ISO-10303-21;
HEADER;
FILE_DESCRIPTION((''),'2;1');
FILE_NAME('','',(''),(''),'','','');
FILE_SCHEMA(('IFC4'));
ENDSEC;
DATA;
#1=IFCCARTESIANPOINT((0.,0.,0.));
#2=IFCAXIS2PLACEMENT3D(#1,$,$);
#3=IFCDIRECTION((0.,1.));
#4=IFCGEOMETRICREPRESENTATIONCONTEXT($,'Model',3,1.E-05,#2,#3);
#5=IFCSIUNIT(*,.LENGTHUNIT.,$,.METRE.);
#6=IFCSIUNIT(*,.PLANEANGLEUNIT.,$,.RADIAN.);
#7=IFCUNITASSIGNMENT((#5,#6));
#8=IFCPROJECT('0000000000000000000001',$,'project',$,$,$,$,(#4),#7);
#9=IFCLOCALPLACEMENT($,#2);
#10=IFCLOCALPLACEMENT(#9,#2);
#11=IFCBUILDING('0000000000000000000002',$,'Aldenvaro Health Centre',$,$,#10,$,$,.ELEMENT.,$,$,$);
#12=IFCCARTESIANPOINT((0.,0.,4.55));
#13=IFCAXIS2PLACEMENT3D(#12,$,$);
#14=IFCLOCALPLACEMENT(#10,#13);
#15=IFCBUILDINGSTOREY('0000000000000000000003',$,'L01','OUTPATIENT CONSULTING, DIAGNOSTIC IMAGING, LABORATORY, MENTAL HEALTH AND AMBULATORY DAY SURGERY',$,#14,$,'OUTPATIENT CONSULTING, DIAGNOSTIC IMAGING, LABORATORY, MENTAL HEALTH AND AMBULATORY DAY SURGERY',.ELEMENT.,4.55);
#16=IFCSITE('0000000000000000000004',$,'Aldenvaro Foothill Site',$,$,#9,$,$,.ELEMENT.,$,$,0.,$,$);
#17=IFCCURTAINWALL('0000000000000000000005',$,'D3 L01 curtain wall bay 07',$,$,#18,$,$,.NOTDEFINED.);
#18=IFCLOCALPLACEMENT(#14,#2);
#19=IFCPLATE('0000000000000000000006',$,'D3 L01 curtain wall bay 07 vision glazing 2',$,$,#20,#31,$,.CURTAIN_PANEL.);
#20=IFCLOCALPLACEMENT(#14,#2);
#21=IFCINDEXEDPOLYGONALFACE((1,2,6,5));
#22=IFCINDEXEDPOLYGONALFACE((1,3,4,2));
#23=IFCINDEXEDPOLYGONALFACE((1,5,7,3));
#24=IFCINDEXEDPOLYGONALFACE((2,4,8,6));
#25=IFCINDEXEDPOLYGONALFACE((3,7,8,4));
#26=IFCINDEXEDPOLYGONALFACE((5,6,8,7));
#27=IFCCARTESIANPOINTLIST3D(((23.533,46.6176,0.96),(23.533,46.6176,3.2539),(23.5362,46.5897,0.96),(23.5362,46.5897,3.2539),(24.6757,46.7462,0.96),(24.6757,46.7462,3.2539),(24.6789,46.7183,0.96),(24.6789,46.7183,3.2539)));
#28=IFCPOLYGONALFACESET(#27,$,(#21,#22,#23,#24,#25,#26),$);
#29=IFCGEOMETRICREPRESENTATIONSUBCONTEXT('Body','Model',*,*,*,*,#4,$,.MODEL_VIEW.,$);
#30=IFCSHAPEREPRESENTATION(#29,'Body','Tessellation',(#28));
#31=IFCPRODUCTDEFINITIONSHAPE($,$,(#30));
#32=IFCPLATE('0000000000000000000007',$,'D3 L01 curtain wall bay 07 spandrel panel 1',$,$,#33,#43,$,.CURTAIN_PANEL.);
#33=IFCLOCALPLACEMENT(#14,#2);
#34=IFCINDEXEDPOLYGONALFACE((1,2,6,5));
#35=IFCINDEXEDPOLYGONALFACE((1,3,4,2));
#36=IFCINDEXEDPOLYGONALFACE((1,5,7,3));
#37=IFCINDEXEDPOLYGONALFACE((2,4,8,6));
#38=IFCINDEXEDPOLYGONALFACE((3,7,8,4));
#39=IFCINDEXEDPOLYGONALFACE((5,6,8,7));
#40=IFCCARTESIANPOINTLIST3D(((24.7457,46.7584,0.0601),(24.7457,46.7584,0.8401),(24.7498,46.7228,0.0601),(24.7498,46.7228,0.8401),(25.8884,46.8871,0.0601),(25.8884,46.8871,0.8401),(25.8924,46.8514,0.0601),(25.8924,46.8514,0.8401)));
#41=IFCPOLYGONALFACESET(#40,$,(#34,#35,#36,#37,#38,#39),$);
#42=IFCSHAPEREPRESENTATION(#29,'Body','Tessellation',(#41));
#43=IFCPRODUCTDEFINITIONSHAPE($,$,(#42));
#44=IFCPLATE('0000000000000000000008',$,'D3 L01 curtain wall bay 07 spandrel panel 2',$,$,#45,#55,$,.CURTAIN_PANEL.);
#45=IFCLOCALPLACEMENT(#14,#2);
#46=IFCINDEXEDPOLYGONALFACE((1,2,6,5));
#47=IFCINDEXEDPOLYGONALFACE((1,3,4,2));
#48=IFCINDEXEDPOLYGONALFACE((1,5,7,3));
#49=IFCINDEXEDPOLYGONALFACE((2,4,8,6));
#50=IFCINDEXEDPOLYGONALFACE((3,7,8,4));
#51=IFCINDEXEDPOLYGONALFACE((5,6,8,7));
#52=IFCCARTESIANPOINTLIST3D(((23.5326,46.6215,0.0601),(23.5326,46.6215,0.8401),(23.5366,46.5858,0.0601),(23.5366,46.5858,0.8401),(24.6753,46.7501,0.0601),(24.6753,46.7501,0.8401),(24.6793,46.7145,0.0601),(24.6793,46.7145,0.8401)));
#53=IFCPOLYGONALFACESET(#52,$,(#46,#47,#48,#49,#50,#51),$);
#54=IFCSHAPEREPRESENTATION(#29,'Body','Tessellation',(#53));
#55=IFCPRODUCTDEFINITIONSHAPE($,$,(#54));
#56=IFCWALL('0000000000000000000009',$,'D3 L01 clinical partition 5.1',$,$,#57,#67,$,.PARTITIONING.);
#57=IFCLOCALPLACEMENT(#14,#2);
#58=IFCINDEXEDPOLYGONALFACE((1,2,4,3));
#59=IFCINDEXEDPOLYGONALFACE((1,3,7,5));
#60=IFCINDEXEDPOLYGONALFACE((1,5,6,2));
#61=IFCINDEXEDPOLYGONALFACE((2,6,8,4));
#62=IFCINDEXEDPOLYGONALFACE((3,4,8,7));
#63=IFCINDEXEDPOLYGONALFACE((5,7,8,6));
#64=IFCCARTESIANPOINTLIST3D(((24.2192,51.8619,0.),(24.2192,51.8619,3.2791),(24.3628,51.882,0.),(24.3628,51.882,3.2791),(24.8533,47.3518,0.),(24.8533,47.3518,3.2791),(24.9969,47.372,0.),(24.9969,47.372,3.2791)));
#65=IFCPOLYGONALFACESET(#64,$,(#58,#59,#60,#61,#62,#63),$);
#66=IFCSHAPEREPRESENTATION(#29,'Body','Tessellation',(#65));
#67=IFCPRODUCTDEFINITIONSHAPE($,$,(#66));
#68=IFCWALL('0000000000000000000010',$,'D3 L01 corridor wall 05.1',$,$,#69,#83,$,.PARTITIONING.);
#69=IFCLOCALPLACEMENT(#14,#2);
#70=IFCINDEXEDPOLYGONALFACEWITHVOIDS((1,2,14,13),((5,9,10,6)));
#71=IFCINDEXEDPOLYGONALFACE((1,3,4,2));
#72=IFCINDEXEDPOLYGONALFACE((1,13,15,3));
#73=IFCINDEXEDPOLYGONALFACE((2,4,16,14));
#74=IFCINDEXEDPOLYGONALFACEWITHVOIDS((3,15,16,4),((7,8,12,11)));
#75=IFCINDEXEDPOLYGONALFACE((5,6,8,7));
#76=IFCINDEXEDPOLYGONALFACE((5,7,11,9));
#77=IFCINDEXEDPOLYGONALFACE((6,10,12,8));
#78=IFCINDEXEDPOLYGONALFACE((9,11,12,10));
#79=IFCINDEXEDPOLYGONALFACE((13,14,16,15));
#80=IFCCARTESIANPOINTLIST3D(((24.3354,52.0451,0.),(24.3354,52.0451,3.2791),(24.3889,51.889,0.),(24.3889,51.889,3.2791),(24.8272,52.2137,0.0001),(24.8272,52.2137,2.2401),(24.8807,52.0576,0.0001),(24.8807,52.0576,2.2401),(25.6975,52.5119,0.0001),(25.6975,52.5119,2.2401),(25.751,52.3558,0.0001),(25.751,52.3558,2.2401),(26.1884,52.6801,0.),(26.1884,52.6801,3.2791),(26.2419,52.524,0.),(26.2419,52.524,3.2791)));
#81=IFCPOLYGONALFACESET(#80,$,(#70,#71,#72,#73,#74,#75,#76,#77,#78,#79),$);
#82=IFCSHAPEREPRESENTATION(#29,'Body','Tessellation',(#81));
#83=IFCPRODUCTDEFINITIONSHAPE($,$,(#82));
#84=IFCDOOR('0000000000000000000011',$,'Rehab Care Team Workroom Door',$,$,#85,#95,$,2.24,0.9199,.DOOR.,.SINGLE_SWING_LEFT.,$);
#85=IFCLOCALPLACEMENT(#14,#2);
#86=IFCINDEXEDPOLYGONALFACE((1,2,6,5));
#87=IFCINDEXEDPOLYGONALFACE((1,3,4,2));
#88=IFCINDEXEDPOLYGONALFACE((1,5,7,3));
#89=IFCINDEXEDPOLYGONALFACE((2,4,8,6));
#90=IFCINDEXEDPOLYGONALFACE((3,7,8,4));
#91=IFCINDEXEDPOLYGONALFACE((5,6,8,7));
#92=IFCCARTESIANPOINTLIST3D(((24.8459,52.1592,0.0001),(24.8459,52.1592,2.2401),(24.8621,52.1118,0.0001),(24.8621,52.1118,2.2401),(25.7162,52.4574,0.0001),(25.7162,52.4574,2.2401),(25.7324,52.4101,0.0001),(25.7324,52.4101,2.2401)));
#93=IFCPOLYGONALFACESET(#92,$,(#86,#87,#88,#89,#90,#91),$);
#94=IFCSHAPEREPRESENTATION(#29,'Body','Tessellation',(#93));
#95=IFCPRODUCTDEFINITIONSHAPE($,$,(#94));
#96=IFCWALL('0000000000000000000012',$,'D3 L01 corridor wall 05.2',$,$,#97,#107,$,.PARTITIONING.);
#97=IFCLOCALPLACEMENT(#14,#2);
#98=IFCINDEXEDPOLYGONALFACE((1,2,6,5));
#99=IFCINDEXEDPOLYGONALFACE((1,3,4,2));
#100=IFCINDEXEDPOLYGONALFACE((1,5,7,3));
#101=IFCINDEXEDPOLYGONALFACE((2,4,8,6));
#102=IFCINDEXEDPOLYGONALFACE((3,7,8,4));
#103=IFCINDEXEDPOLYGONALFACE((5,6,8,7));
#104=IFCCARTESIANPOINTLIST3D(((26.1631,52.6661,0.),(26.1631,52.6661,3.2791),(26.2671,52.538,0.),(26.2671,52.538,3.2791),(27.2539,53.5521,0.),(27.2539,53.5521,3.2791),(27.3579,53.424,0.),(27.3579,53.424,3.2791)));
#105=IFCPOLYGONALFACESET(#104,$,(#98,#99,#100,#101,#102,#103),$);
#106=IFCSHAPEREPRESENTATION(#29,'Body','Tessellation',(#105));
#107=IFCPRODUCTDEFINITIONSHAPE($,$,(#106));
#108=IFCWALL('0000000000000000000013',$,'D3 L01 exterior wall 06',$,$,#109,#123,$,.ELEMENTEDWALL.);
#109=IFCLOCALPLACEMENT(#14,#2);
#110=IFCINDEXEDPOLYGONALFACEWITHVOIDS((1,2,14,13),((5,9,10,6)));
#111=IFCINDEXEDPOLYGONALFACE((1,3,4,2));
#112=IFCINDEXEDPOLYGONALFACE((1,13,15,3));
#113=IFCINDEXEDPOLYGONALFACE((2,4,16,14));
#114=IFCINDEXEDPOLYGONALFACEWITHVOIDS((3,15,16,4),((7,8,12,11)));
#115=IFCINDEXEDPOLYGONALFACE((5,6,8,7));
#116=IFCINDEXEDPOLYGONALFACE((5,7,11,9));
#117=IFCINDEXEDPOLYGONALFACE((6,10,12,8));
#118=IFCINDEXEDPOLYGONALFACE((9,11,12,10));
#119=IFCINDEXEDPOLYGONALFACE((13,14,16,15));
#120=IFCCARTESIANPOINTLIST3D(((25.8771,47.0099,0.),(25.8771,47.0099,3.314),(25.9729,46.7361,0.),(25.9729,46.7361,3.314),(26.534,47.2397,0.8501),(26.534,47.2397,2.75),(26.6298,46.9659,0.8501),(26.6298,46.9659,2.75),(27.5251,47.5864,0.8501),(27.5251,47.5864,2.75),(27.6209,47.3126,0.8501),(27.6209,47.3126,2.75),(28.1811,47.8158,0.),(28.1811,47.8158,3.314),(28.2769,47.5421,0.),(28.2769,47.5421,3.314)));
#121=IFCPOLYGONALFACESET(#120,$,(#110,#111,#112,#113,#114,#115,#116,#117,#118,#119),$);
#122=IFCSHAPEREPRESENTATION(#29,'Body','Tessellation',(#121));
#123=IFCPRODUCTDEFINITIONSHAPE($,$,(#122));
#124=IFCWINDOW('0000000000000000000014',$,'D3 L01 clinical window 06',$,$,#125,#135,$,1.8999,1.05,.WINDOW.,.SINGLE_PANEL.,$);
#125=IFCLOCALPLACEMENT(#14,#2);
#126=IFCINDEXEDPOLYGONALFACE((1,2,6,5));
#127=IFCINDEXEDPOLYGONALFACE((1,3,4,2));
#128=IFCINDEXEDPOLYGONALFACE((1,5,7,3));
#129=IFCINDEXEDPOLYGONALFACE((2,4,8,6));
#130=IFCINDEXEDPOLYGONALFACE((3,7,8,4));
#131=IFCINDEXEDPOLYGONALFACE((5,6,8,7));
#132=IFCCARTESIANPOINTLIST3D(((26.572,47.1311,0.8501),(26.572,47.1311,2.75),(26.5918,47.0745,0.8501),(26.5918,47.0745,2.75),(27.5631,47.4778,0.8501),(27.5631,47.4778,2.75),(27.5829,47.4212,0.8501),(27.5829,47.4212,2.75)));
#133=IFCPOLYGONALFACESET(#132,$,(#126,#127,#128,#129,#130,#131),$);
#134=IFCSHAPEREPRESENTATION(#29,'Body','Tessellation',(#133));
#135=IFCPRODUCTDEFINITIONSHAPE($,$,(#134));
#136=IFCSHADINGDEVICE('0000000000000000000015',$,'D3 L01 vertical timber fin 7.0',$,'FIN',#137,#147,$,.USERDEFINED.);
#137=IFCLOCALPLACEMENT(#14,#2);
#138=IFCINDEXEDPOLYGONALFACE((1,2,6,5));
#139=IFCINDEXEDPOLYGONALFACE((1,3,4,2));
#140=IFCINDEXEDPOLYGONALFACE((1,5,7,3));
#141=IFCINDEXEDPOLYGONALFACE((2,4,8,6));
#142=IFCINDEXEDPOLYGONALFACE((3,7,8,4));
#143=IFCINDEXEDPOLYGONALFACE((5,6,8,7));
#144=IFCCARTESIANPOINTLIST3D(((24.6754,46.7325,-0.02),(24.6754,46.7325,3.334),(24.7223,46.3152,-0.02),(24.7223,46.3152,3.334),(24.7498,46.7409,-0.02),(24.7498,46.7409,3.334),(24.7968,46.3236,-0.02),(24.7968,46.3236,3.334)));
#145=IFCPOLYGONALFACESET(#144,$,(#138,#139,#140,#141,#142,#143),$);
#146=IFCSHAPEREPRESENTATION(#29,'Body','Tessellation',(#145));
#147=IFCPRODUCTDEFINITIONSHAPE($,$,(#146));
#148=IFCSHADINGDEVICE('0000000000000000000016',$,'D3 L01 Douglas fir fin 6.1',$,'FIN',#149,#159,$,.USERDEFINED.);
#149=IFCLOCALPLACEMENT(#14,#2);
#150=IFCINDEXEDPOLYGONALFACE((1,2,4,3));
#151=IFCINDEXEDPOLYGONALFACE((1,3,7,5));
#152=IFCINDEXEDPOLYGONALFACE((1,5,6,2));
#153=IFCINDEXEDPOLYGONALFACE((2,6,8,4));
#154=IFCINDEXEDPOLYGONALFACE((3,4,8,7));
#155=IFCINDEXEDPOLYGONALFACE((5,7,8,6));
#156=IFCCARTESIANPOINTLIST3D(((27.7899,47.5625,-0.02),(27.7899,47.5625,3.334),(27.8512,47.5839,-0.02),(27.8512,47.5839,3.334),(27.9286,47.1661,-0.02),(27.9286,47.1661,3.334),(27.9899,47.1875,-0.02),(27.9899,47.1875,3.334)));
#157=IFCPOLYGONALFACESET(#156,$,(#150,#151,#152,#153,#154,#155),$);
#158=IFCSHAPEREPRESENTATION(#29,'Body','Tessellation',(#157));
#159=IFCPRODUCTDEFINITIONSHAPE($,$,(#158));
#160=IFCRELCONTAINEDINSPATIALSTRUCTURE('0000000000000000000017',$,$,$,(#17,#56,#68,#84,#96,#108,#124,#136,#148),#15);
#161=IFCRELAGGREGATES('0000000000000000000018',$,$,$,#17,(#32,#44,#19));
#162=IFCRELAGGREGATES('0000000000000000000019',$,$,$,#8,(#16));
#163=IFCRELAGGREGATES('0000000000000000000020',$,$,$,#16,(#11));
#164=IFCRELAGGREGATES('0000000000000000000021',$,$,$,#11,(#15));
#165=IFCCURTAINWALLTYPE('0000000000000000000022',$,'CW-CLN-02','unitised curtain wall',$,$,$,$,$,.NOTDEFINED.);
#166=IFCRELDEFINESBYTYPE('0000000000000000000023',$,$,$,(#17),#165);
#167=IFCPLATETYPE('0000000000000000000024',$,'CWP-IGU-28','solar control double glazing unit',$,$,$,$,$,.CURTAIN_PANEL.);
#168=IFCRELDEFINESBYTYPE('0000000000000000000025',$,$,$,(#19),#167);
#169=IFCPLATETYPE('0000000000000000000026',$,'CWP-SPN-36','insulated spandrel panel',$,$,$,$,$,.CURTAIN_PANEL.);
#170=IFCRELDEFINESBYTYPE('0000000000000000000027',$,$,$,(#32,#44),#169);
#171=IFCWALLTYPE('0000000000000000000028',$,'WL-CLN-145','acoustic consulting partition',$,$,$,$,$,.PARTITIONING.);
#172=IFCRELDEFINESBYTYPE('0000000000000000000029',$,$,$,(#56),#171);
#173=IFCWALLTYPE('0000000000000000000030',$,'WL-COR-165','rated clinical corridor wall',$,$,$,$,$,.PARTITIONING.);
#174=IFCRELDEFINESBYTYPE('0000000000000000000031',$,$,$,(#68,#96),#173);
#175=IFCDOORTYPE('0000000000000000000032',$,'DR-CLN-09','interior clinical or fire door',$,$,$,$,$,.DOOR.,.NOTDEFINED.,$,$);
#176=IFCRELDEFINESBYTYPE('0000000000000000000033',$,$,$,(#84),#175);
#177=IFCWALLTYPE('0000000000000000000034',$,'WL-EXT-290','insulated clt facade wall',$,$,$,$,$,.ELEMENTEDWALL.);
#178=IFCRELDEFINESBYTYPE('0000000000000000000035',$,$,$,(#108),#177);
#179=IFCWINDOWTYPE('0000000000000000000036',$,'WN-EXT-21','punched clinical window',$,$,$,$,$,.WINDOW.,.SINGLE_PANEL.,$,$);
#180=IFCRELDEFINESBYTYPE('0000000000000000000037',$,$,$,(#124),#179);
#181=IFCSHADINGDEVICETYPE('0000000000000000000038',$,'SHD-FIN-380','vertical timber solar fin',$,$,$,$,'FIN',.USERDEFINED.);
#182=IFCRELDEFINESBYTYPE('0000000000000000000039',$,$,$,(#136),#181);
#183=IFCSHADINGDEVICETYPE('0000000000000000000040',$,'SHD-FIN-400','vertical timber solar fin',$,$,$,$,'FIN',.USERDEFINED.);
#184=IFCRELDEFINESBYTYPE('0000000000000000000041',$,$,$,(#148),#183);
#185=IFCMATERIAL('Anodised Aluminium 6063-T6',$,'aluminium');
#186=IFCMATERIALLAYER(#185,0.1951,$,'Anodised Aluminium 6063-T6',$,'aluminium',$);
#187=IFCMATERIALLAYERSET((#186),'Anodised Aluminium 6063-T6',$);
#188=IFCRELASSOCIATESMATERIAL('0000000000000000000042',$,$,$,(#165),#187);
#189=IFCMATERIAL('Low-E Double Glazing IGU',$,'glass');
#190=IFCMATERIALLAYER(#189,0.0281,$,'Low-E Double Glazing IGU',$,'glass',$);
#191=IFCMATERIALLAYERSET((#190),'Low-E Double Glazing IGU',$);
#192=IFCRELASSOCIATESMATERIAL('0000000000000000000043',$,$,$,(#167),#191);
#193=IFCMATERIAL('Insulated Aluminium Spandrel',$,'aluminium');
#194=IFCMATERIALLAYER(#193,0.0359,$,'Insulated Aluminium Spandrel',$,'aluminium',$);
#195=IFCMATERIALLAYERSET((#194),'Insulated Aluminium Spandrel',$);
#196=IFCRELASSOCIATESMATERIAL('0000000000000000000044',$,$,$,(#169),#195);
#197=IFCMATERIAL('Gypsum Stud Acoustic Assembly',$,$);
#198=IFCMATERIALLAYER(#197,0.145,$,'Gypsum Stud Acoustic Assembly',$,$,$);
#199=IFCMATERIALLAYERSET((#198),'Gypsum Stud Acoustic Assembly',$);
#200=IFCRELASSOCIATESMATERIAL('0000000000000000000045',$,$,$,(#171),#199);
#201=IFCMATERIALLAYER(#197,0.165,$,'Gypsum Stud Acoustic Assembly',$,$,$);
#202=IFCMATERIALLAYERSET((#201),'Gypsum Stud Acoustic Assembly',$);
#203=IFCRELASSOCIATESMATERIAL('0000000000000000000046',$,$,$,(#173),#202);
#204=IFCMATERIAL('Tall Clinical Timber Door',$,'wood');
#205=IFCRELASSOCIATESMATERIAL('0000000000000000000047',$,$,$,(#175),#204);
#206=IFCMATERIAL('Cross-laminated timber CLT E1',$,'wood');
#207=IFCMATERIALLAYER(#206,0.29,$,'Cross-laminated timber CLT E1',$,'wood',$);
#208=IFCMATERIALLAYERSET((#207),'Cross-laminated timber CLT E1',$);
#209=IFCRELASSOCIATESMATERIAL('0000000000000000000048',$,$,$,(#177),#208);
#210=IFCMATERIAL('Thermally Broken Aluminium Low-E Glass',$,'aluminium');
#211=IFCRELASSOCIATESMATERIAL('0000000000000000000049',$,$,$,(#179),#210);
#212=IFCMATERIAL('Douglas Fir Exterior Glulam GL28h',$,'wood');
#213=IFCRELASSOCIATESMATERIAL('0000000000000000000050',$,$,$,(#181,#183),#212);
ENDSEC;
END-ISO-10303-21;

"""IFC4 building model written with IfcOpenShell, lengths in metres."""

from ifc_helpers import new_model, si_unit, direction, frame, frame_2d, origin, origin_2d, place, context, subcontext, project, spatial, rectangle, extrude, material, layer, layer_set, type_object, element, fill, aggregate, save


model = new_model("IFC4")

# Units and contexts
model_context = context("Model", 3, precision=1e-05, world=origin(), true_north=direction((0.0, 1.0)))
body_context = subcontext(model_context, "Body", "Model", "MODEL_VIEW")
ifc_project = project(units=[si_unit("LENGTHUNIT", "METRE"), si_unit("PLANEANGLEUNIT", "RADIAN")], contexts=[model_context])

# Site, building, storey
site_placement = place(None, origin())
site = spatial("IfcSite", under=ifc_project, at=site_placement, Name="Aldenvaro Foothill Site", CompositionType="ELEMENT", RefElevation=0.0)
building_placement = place(site_placement, origin())
building = spatial("IfcBuilding", under=site, at=building_placement, Name="Aldenvaro Health Centre", CompositionType="ELEMENT")
storey_placement = place(building_placement, frame((0.0, 0.0, 4.55)))
storey = spatial("IfcBuildingStorey", under=building, at=storey_placement, Name="L01", Description="OUTPATIENT CONSULTING, DIAGNOSTIC IMAGING, LABORATORY, MENTAL HEALTH AND AMBULATORY DAY SURGERY", LongName="OUTPATIENT CONSULTING, DIAGNOSTIC IMAGING, LABORATORY, MENTAL HEALTH AND AMBULATORY DAY SURGERY", CompositionType="ELEMENT", Elevation=4.55)

# Curtain wall
ifc_material_1 = material(Name="Anodised Aluminium 6063-T6", Category="aluminium")
ifc_layer_1 = layer(ifc_material_1, 0.1951, Name="Anodised Aluminium 6063-T6", Category="aluminium")
ifc_layer_set_1 = layer_set([ifc_layer_1], Name="Anodised Aluminium 6063-T6")
curtain_wall_type_1 = type_object("IfcCurtainWallType", Name="CW-CLN-02", Description="unitised curtain wall", PredefinedType="NOTDEFINED", material=ifc_layer_set_1)
curtain_wall_1_placement = place(storey_placement, origin())
curtain_wall_1 = element("IfcCurtainWall", 1, at=curtain_wall_1_placement, inside=storey, type_object=curtain_wall_type_1, Name="D3 L01 curtain wall bay 07", PredefinedType="NOTDEFINED")

# Plates
ifc_material_2 = material(Name="Low-E Double Glazing IGU", Category="glass")
ifc_layer_2 = layer(ifc_material_2, 0.0281, Name="Low-E Double Glazing IGU", Category="glass")
ifc_layer_set_2 = layer_set([ifc_layer_2], Name="Low-E Double Glazing IGU")
plate_type_1 = type_object("IfcPlateType", Name="CWP-IGU-28", Description="solar control double glazing unit", PredefinedType="CURTAIN_PANEL", material=ifc_layer_set_2)
plate_1_placement = place(storey_placement, frame((24.106, 46.668, 0.96), z_axis=(0.0, 0.0, 1.0), x_axis=(-0.993723, -0.111871, 0.0)))
plate_1 = element("IfcPlate", 2, at=plate_1_placement, type_object=plate_type_1, Name="D3 L01 curtain wall bay 07 vision glazing 2", PredefinedType="CURTAIN_PANEL", context=body_context, shape_type="SweptSolid", body=[
    extrude(rectangle(XDim=1.1499, YDim=0.0281, at=origin_2d()), origin(), (0.0, 0.0, 1.0), 2.2939),
])
ifc_material_3 = material(Name="Insulated Aluminium Spandrel", Category="aluminium")
ifc_layer_3 = layer(ifc_material_3, 0.0359, Name="Insulated Aluminium Spandrel", Category="aluminium")
ifc_layer_set_3 = layer_set([ifc_layer_3], Name="Insulated Aluminium Spandrel")
plate_type_2 = type_object("IfcPlateType", Name="CWP-SPN-36", Description="insulated spandrel panel", PredefinedType="CURTAIN_PANEL", material=ifc_layer_set_3)
plate_2_placement = place(storey_placement, frame((25.3191, 46.8049, 0.0601), z_axis=(0.0, 0.0, 1.0), x_axis=(-0.993723, -0.111871, 0.0)))
plate_2 = element("IfcPlate", 3, at=plate_2_placement, type_object=plate_type_2, Name="D3 L01 curtain wall bay 07 spandrel panel 1", PredefinedType="CURTAIN_PANEL", context=body_context, shape_type="SweptSolid", body=[
    extrude(rectangle(XDim=1.1499, YDim=0.0359, at=origin_2d()), origin(), (0.0, 0.0, 1.0), 0.78),
])
plate_3_placement = place(storey_placement, frame((24.106, 46.668, 0.0601), z_axis=(0.0, 0.0, 1.0), x_axis=(-0.993723, -0.111871, 0.0)))
plate_3 = element("IfcPlate", 4, at=plate_3_placement, type_object=plate_type_2, Name="D3 L01 curtain wall bay 07 spandrel panel 2", PredefinedType="CURTAIN_PANEL", context=body_context, shape_type="SweptSolid", body=[
    extrude(rectangle(XDim=1.1499, YDim=0.0359, at=origin_2d()), origin(), (0.0, 0.0, 1.0), 0.78),
])
aggregate(curtain_wall_1, [plate_2, plate_3, plate_1])

# Wall
ifc_material_4 = material(Name="Gypsum Stud Acoustic Assembly")
ifc_layer_4 = layer(ifc_material_4, 0.145, Name="Gypsum Stud Acoustic Assembly")
ifc_layer_set_4 = layer_set([ifc_layer_4], Name="Gypsum Stud Acoustic Assembly")
wall_type_1 = type_object("IfcWallType", Name="WL-CLN-145", Description="acoustic consulting partition", PredefinedType="PARTITIONING", material=ifc_layer_set_4)
wall_1_placement = place(storey_placement, frame((24.291, 51.8721, 0.0), z_axis=(0.0, 0.0, 1.0), x_axis=(0.139215, -0.990262, 0.0)))
element("IfcWall", 5, at=wall_1_placement, inside=storey, type_object=wall_type_1, Name="D3 L01 clinical partition 5.1", PredefinedType="PARTITIONING", context=body_context, shape_type="SweptSolid", body=[
    extrude(rectangle(XDim=4.5544, YDim=0.145, at=frame_2d((2.2773, 0.0))), origin(), (0.0, 0.0, 1.0), 3.2791),
])

# Wall, opening, door
ifc_layer_5 = layer(ifc_material_4, 0.165, Name="Gypsum Stud Acoustic Assembly")
ifc_layer_set_5 = layer_set([ifc_layer_5], Name="Gypsum Stud Acoustic Assembly")
wall_type_2 = type_object("IfcWallType", Name="WL-COR-165", Description="rated clinical corridor wall", PredefinedType="PARTITIONING", material=ifc_layer_set_5)
wall_2_placement = place(storey_placement, frame((24.3621, 51.967, 0.0), z_axis=(0.0, 0.0, 1.0), x_axis=(0.945995, 0.324181, 0.0)))
wall_2 = element("IfcWall", 6, at=wall_2_placement, inside=storey, type_object=wall_type_2, Name="D3 L01 corridor wall 05.1", PredefinedType="PARTITIONING", context=body_context, shape_type="SweptSolid", body=[
    extrude(rectangle(XDim=1.9587, YDim=0.165, at=frame_2d((0.9795, 0.0))), origin(), (0.0, 0.0, 1.0), 3.2791),
])
opening_1_placement = place(wall_2_placement, frame((0.52, 0.0, 0.0)))
opening_1 = element("IfcOpeningElement", 7, at=opening_1_placement, cuts=wall_2, PredefinedType="OPENING", context=body_context, shape_type="SweptSolid", body=[
    extrude(rectangle(XDim=0.9199, YDim=2.24, at=frame_2d((0.46, 1.1201))), frame((0.0, 0.0925, 0.0), z_axis=(0.0, -1.0, 0.0), x_axis=(1.0, 0.0, 0.0)), (0.0, 0.0, 1.0), 0.1851),
])
ifc_material_5 = material(Name="Tall Clinical Timber Door", Category="wood")
door_type = type_object("IfcDoorType", Name="DR-CLN-09", Description="interior clinical or fire door", OperationType="NOTDEFINED", PredefinedType="DOOR", material=ifc_material_5)
door_placement = place(opening_1_placement, origin())
door = element("IfcDoor", 8, at=door_placement, inside=storey, type_object=door_type, Name="Rehab Care Team Workroom Door", OperationType="SINGLE_SWING_LEFT", OverallHeight=2.24, OverallWidth=0.9199, PredefinedType="DOOR", context=body_context, shape_type="SweptSolid", body=[
    extrude(rectangle(XDim=0.9199, YDim=2.24, at=frame_2d((0.46, 1.1201))), frame((0.0, 0.0249, 0.0), z_axis=(0.0, -1.0, 0.0), x_axis=(1.0, 0.0, 0.0)), (0.0, 0.0, 1.0), 0.05),
])
fill(opening_1, door)

# Wall
wall_3_placement = place(storey_placement, frame((26.2151, 52.6021, 0.0), z_axis=(0.0, 0.0, 1.0), x_axis=(0.77622, 0.630462, 0.0)))
element("IfcWall", 9, at=wall_3_placement, inside=storey, type_object=wall_type_2, Name="D3 L01 corridor wall 05.2", PredefinedType="PARTITIONING", context=body_context, shape_type="SweptSolid", body=[
    extrude(rectangle(XDim=1.4053, YDim=0.165, at=frame_2d((0.7026, 0.0))), origin(), (0.0, 0.0, 1.0), 3.2791),
])

# Wall, opening, window
ifc_material_6 = material(Name="Cross-laminated timber CLT E1", Category="wood")
ifc_layer_6 = layer(ifc_material_6, 0.29, Name="Cross-laminated timber CLT E1", Category="wood")
ifc_layer_set_6 = layer_set([ifc_layer_6], Name="Cross-laminated timber CLT E1")
wall_type_3 = type_object("IfcWallType", Name="WL-EXT-290", Description="insulated clt facade wall", PredefinedType="ELEMENTEDWALL", material=ifc_layer_set_6)
wall_4_placement = place(storey_placement, frame((28.229, 47.679, 0.0), z_axis=(0.0, 0.0, 1.0), x_axis=(-0.943919, -0.330177, 0.0)))
wall_4 = element("IfcWall", 10, at=wall_4_placement, inside=storey, type_object=wall_type_3, Name="D3 L01 exterior wall 06", PredefinedType="ELEMENTEDWALL", context=body_context, shape_type="SweptSolid", body=[
    extrude(rectangle(XDim=2.4409, YDim=0.29, at=frame_2d((1.2205, 0.0))), origin(), (0.0, 0.0, 1.0), 3.314),
])
opening_2_placement = place(wall_4_placement, frame((0.6951, 0.0, 0.8501)))
opening_2 = element("IfcOpeningElement", 11, at=opening_2_placement, cuts=wall_4, PredefinedType="OPENING", context=body_context, shape_type="SweptSolid", body=[
    extrude(rectangle(XDim=1.05, YDim=1.8999, at=frame_2d((0.5249, 0.95))), frame((0.0, 0.155, 0.0), z_axis=(0.0, -1.0, 0.0), x_axis=(1.0, 0.0, 0.0)), (0.0, 0.0, 1.0), 0.3101),
])
ifc_material_7 = material(Name="Thermally Broken Aluminium Low-E Glass", Category="aluminium")
window_type = type_object("IfcWindowType", Name="WN-EXT-21", Description="punched clinical window", PartitioningType="SINGLE_PANEL", PredefinedType="WINDOW", material=ifc_material_7)
window_placement = place(opening_2_placement, origin())
window = element("IfcWindow", 12, at=window_placement, inside=storey, type_object=window_type, Name="D3 L01 clinical window 06", OverallHeight=1.8999, OverallWidth=1.05, PartitioningType="SINGLE_PANEL", PredefinedType="WINDOW", context=body_context, shape_type="SweptSolid", body=[
    extrude(rectangle(XDim=1.05, YDim=1.8999, at=frame_2d((0.5249, 0.95))), frame((0.0, 0.03, 0.0), z_axis=(0.0, -1.0, 0.0), x_axis=(1.0, 0.0, 0.0)), (0.0, 0.0, 1.0), 0.0601),
])
fill(opening_2, window)

# Shading devices
ifc_material_8 = material(Name="Douglas Fir Exterior Glulam GL28h", Category="wood")
shading_device_type_1 = type_object("IfcShadingDeviceType", Name="SHD-FIN-380", Description="vertical timber solar fin", ElementType="FIN", PredefinedType="USERDEFINED", material=ifc_material_8)
shading_device_1_placement = place(storey_placement, frame((24.7361, 46.5281, -0.02), z_axis=(0.0, 0.0, 1.0), x_axis=(-0.993723, -0.111871, 0.0)))
element("IfcShadingDevice", 13, at=shading_device_1_placement, inside=storey, type_object=shading_device_type_1, Name="D3 L01 vertical timber fin 7.0", ObjectType="FIN", PredefinedType="USERDEFINED", context=body_context, shape_type="SweptSolid", body=[
    extrude(rectangle(XDim=0.075, YDim=0.4199, at=origin_2d()), origin(), (0.0, 0.0, 1.0), 3.354),
])
shading_device_type_2 = type_object("IfcShadingDeviceType", Name="SHD-FIN-400", Description="vertical timber solar fin", ElementType="FIN", PredefinedType="USERDEFINED", material=ifc_material_8)
shading_device_2_placement = place(storey_placement, frame((27.8899, 47.375, -0.02), z_axis=(0.0, 0.0, 1.0), x_axis=(-0.943909, -0.330204, 0.0)))
element("IfcShadingDevice", 14, at=shading_device_2_placement, inside=storey, type_object=shading_device_type_2, Name="D3 L01 Douglas fir fin 6.1", ObjectType="FIN", PredefinedType="USERDEFINED", context=body_context, shape_type="SweptSolid", body=[
    extrude(rectangle(XDim=0.0649, YDim=0.4199, at=origin_2d()), origin(), (0.0, 0.0, 1.0), 3.354),
])

save(model, "model.ifc")
